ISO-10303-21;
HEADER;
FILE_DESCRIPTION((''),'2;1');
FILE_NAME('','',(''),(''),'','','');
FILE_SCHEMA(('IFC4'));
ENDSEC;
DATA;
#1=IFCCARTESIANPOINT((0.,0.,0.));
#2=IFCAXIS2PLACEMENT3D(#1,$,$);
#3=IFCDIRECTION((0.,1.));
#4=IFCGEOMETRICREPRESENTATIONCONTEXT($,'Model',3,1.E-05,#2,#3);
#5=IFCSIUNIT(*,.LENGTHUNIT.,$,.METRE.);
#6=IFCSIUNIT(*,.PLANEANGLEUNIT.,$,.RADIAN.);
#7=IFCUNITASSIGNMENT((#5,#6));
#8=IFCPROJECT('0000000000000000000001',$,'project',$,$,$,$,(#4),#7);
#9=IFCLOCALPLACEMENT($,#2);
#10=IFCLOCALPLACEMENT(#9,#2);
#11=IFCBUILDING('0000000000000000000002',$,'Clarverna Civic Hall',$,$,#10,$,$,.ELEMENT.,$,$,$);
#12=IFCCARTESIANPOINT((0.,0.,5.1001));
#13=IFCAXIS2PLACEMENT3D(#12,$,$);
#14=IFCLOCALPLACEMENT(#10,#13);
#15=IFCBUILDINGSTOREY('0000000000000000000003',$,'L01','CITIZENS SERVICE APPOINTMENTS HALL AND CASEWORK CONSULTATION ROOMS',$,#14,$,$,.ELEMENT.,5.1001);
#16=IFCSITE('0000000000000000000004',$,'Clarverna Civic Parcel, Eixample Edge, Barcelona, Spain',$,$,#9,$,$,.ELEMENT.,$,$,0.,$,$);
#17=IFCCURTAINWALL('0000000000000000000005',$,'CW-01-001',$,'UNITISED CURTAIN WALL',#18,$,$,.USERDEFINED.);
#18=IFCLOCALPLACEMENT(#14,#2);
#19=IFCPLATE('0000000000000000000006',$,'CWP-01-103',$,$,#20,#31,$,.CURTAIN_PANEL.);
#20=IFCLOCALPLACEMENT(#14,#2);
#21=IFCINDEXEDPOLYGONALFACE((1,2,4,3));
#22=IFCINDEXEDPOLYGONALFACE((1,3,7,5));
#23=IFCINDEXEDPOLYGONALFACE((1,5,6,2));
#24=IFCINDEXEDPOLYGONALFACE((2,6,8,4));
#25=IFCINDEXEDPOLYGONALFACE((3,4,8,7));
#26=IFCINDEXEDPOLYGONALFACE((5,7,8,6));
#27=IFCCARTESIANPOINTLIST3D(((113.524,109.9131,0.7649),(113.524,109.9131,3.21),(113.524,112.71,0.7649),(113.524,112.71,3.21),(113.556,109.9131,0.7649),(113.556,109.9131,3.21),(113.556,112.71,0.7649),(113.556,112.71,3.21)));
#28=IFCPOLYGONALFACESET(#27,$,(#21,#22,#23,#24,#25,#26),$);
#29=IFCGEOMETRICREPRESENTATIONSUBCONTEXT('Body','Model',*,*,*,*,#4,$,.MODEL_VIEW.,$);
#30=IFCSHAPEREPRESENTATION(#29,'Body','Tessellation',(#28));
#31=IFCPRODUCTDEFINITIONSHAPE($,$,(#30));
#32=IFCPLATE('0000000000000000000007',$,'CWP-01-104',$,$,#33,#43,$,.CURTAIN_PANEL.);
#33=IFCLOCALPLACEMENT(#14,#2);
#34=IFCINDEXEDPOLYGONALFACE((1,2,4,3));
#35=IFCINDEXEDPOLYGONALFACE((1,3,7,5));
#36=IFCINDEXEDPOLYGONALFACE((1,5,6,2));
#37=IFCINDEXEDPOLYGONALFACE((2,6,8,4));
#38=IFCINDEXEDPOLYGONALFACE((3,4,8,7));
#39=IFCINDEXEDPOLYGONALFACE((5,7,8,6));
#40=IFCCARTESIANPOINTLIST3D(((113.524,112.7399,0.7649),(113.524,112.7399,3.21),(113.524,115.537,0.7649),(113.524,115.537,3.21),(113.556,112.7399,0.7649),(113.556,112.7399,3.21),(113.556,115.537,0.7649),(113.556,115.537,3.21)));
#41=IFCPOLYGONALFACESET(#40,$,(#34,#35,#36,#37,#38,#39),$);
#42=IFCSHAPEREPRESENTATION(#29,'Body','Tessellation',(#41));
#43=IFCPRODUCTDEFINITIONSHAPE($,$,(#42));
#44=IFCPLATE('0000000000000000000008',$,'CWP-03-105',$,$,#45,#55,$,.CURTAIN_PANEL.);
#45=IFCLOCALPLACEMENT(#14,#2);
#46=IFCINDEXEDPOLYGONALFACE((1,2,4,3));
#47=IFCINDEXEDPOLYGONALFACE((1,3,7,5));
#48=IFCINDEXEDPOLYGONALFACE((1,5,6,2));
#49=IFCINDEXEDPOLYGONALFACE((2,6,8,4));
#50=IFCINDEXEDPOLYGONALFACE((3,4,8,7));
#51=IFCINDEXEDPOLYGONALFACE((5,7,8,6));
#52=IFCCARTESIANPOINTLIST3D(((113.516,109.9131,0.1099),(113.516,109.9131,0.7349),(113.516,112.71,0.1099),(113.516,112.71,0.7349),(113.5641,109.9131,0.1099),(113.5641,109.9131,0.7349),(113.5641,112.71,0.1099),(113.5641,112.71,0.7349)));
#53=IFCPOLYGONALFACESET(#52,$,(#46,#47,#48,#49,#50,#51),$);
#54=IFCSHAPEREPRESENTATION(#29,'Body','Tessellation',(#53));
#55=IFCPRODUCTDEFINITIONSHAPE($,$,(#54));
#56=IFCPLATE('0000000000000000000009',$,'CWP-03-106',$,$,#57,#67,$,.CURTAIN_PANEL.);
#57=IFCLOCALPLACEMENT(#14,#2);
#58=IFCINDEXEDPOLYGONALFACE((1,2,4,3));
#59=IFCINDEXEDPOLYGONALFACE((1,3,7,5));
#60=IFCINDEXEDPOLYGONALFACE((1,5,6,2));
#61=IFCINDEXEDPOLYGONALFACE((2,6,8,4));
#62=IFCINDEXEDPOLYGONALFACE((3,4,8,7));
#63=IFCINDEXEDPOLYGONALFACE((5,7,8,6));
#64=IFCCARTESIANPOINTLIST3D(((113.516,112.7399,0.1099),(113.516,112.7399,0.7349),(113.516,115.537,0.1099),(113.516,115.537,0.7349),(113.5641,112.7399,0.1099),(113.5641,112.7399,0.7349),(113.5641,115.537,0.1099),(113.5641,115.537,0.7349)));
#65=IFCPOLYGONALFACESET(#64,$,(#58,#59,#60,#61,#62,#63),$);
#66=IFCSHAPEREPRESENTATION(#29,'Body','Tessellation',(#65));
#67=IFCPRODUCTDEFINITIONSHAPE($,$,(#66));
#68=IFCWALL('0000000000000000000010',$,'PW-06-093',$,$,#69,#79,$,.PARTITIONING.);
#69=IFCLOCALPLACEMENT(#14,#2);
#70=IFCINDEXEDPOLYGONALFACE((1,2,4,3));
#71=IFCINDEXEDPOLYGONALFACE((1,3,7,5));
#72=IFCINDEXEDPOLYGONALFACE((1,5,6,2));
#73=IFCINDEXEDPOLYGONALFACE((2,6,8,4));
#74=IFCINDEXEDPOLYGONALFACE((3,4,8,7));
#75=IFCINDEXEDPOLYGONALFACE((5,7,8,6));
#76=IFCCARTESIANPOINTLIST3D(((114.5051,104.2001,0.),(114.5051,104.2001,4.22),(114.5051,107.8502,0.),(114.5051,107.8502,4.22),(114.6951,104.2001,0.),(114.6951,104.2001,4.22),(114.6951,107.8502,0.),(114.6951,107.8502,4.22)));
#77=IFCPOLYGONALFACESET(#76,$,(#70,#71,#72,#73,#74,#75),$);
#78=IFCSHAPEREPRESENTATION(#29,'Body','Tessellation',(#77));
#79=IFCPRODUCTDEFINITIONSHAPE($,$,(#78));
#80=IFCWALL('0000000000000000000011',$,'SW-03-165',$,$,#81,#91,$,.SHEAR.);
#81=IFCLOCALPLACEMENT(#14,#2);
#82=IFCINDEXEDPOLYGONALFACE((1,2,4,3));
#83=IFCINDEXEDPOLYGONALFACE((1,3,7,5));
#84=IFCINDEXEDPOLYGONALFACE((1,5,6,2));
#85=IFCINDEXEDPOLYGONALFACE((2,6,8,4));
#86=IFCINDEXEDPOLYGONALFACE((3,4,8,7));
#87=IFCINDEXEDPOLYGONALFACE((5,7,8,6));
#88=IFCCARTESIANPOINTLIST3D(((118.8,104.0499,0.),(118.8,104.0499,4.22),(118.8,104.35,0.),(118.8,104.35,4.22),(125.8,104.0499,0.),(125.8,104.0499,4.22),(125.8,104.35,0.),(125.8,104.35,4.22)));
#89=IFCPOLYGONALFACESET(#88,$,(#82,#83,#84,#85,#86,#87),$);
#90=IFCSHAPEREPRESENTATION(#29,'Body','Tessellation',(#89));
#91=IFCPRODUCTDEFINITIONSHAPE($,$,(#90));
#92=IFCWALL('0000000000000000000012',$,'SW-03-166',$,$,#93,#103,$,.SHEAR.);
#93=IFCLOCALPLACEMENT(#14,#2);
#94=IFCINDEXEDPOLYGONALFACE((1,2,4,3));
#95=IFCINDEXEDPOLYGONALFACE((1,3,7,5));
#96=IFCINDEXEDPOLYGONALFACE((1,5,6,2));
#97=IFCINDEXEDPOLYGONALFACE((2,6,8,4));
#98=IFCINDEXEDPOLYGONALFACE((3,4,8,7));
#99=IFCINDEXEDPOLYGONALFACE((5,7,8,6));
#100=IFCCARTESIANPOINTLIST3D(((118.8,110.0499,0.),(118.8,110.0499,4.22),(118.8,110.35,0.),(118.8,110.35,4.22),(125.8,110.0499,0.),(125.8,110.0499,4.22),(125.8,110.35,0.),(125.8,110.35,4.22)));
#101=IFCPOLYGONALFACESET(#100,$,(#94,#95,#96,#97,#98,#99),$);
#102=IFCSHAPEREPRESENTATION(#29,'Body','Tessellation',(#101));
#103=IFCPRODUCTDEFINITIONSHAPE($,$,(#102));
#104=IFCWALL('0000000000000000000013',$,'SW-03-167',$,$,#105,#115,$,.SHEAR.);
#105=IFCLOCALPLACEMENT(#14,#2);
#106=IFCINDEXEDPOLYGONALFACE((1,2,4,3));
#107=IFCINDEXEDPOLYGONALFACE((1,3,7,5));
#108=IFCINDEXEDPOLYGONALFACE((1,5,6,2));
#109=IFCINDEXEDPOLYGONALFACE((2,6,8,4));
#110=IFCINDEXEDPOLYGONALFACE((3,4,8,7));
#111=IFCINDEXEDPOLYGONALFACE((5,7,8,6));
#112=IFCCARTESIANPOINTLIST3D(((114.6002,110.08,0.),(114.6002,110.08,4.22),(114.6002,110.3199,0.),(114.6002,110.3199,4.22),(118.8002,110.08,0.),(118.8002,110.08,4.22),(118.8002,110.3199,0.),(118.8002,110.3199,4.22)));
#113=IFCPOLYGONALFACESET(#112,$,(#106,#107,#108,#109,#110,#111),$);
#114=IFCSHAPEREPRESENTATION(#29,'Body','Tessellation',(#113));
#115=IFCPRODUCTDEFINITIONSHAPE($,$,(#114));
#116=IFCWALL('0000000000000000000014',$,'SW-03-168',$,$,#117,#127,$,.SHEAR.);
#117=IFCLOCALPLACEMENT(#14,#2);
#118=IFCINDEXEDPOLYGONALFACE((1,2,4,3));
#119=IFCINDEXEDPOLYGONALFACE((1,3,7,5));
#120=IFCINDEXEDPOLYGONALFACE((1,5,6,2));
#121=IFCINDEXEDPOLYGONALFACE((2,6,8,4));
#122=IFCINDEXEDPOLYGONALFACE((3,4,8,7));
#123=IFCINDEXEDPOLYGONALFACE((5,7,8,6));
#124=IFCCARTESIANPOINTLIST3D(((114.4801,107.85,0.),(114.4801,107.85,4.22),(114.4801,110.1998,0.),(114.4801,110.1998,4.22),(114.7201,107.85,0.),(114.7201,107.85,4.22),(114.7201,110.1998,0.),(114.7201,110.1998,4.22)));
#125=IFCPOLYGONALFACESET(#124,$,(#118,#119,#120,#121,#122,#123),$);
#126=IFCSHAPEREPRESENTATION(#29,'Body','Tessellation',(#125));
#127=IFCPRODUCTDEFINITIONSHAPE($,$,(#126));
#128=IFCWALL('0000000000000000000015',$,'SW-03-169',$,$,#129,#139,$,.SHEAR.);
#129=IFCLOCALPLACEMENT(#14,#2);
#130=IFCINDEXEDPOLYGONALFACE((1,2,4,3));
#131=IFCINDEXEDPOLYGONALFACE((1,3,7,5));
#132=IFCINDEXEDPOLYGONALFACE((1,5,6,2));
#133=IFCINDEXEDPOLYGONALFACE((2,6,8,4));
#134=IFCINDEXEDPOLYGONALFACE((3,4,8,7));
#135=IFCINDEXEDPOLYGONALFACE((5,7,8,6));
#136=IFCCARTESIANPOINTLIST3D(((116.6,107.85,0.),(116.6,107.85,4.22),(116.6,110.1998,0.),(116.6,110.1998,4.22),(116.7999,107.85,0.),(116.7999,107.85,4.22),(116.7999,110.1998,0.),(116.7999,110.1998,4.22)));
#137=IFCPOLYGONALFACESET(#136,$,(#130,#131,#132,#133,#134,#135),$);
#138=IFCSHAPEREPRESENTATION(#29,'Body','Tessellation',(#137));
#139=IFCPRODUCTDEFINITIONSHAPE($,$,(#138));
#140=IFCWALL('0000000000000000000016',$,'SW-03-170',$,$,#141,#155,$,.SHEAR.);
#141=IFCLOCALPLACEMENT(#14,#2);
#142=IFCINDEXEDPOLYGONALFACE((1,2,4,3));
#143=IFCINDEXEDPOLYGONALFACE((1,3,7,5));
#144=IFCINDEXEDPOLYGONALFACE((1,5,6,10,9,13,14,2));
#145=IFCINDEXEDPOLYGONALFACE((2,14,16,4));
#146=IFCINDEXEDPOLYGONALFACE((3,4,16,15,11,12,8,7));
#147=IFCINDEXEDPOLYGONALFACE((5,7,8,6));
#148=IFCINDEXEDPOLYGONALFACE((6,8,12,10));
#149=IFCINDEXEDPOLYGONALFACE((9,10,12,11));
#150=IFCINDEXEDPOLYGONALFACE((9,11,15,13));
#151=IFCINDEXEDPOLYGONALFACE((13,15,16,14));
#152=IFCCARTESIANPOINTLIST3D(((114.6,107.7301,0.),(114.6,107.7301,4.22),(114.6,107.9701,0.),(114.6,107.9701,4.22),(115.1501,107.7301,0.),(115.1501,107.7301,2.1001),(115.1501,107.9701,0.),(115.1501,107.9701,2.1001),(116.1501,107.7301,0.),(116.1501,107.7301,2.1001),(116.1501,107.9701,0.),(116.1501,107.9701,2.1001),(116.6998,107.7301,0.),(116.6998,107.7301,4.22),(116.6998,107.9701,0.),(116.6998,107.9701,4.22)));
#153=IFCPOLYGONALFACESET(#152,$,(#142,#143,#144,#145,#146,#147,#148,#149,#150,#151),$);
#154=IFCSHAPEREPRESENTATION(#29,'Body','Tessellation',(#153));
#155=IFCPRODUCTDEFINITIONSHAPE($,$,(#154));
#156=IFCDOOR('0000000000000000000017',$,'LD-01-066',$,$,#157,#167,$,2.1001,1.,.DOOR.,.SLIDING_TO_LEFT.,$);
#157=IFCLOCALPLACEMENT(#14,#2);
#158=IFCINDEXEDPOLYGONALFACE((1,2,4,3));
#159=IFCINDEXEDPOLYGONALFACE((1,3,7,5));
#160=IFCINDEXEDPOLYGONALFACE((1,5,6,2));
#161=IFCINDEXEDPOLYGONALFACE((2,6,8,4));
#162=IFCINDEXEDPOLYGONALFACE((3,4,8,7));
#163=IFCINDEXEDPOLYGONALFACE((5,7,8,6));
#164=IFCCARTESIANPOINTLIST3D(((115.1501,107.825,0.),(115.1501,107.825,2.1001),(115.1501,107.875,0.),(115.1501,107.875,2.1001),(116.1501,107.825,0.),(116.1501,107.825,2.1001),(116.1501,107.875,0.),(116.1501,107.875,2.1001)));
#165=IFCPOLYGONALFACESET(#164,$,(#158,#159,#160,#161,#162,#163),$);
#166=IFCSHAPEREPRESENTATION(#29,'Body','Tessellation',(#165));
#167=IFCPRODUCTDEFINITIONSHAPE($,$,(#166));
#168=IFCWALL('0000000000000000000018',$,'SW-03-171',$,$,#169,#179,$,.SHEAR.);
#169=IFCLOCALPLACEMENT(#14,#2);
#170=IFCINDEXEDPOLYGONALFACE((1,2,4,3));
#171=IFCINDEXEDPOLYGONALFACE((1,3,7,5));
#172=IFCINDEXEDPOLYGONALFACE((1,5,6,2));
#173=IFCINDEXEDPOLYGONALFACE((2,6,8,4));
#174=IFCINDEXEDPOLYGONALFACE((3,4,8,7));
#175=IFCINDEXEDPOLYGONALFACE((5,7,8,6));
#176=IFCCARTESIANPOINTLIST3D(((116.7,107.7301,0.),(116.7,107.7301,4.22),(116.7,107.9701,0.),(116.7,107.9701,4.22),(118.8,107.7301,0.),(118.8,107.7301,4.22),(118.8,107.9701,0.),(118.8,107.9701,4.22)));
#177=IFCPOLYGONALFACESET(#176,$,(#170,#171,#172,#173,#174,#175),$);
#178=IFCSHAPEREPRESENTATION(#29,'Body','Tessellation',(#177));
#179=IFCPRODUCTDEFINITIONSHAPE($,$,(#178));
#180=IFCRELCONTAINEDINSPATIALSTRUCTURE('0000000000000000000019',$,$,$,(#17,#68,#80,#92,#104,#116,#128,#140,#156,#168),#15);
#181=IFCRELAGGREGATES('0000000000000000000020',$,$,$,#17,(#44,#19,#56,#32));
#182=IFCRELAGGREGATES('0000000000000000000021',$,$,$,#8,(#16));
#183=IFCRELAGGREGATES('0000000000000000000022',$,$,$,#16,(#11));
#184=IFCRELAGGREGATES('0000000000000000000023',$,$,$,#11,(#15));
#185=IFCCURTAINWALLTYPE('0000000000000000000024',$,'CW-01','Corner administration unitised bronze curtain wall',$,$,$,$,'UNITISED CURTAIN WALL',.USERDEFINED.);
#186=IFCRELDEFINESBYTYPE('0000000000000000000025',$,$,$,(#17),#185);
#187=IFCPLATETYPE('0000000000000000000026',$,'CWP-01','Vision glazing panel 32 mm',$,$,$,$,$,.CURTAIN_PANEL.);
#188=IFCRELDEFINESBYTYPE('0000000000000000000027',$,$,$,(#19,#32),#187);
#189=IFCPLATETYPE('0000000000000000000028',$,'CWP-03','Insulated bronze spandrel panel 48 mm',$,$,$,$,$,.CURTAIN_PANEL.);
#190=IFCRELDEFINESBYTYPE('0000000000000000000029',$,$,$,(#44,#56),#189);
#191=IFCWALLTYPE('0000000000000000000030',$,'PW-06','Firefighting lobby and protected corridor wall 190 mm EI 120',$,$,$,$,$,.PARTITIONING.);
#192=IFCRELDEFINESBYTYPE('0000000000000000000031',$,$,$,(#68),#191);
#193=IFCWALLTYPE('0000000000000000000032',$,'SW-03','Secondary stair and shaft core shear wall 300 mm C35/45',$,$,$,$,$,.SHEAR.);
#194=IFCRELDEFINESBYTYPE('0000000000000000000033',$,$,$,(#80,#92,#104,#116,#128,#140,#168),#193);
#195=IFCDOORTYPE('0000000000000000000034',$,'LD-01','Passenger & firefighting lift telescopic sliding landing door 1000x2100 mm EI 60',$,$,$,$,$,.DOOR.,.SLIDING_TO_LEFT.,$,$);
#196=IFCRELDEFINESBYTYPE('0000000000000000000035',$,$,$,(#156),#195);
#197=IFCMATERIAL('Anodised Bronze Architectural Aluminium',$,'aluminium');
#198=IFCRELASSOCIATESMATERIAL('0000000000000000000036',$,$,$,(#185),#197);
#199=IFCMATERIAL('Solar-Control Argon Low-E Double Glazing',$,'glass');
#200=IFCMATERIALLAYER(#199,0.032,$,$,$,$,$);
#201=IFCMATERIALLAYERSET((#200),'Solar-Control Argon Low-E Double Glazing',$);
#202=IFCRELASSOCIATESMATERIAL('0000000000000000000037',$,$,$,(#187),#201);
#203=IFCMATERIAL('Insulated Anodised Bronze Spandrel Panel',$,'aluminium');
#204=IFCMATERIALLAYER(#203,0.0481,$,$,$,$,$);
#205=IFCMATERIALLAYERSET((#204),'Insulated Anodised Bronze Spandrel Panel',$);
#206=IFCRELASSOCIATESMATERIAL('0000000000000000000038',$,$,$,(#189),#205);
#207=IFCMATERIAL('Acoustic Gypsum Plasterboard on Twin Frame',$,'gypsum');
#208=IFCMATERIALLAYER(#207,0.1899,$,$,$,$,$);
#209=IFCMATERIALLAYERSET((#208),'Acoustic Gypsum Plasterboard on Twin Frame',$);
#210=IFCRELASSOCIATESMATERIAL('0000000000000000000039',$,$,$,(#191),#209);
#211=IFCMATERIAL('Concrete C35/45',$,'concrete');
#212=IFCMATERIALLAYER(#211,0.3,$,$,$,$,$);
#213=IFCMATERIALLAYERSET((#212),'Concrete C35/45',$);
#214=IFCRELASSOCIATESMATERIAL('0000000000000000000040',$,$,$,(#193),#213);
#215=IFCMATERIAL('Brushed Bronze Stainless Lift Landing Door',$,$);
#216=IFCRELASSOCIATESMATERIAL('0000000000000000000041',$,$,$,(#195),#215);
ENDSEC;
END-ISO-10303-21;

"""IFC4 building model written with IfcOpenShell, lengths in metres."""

from ifc_helpers import new_model, si_unit, direction, frame, frame_2d, origin, place, context, subcontext, project, spatial, rectangle, extrude, material, layer, layer_set, type_object, element, fill, aggregate, save


model = new_model("IFC4")

# Units and contexts
model_context = context("Model", 3, precision=1e-05, world=origin(), true_north=direction((0.0, 1.0)))
body_context = subcontext(model_context, "Body", "Model", "MODEL_VIEW")
ifc_project = project(units=[si_unit("LENGTHUNIT", "METRE"), si_unit("PLANEANGLEUNIT", "RADIAN")], contexts=[model_context])

# Site, building, storey
site_placement = place(None, origin())
site = spatial("IfcSite", under=ifc_project, at=site_placement, Name="Clarverna Civic Parcel, Eixample Edge, Barcelona, Spain", CompositionType="ELEMENT", RefElevation=0.0)
building_placement = place(site_placement, origin())
building = spatial("IfcBuilding", under=site, at=building_placement, Name="Clarverna Civic Hall", CompositionType="ELEMENT")
storey_placement = place(building_placement, frame((0.0, 0.0, 5.1001)))
storey = spatial("IfcBuildingStorey", under=building, at=storey_placement, Name="L01", Description="CITIZENS SERVICE APPOINTMENTS HALL AND CASEWORK CONSULTATION ROOMS", CompositionType="ELEMENT", Elevation=5.1001)

# Shared definitions
ifc_material_1 = material(Name="Concrete C35/45", Category="concrete")

# Curtain wall, plates
ifc_material_2 = material(Name="Anodised Bronze Architectural Aluminium", Category="aluminium")
curtain_wall_type = type_object("IfcCurtainWallType", Name="CW-01", Description="Corner administration unitised bronze curtain wall", ElementType="UNITISED CURTAIN WALL", PredefinedType="USERDEFINED", material=ifc_material_2)
curtain_wall_placement = place(storey_placement, origin())
curtain_wall = element("IfcCurtainWall", 1, at=curtain_wall_placement, inside=storey, type_object=curtain_wall_type, Name="CW-01-001", ObjectType="UNITISED CURTAIN WALL", PredefinedType="USERDEFINED")
ifc_material_3 = material(Name="Solar-Control Argon Low-E Double Glazing", Category="glass")
ifc_layer_1 = layer(ifc_material_3, 0.032)
ifc_layer_set_1 = layer_set([ifc_layer_1], Name="Solar-Control Argon Low-E Double Glazing")
plate_type_1 = type_object("IfcPlateType", Name="CWP-01", Description="Vision glazing panel 32 mm", PredefinedType="CURTAIN_PANEL", material=ifc_layer_set_1)
plate_1_placement = place(storey_placement, frame((113.54, 109.9131, 0.7649), z_axis=(0.0, 0.0, 1.0), x_axis=(0.0, 1.0, 0.0)))
plate_1 = element("IfcPlate", 2, at=plate_1_placement, type_object=plate_type_1, Name="CWP-01-103", PredefinedType="CURTAIN_PANEL", context=body_context, shape_type="SweptSolid", body=[
    extrude(rectangle(XDim=2.7969, YDim=0.032, at=frame_2d((1.3984, 0.0))), origin(), (0.0, 0.0, 1.0), 2.4451),
])
plate_2_placement = place(storey_placement, frame((113.54, 112.74, 0.7649), z_axis=(0.0, 0.0, 1.0), x_axis=(0.0, 1.0, 0.0)))
plate_2 = element("IfcPlate", 3, at=plate_2_placement, type_object=plate_type_1, Name="CWP-01-104", PredefinedType="CURTAIN_PANEL", context=body_context, shape_type="SweptSolid", body=[
    extrude(rectangle(XDim=2.7971, YDim=0.032, at=frame_2d((1.3984, 0.0))), origin(), (0.0, 0.0, 1.0), 2.4451),
])
ifc_material_4 = material(Name="Insulated Anodised Bronze Spandrel Panel", Category="aluminium")
ifc_layer_2 = layer(ifc_material_4, 0.0481)
ifc_layer_set_2 = layer_set([ifc_layer_2], Name="Insulated Anodised Bronze Spandrel Panel")
plate_type_2 = type_object("IfcPlateType", Name="CWP-03", Description="Insulated bronze spandrel panel 48 mm", PredefinedType="CURTAIN_PANEL", material=ifc_layer_set_2)
plate_3_placement = place(storey_placement, frame((113.54, 109.9131, 0.1099), z_axis=(0.0, 0.0, 1.0), x_axis=(0.0, 1.0, 0.0)))
plate_3 = element("IfcPlate", 4, at=plate_3_placement, type_object=plate_type_2, Name="CWP-03-105", PredefinedType="CURTAIN_PANEL", context=body_context, shape_type="SweptSolid", body=[
    extrude(rectangle(XDim=2.7969, YDim=0.0481, at=frame_2d((1.3984, 0.0))), origin(), (0.0, 0.0, 1.0), 0.625),
])
plate_4_placement = place(storey_placement, frame((113.54, 112.74, 0.1099), z_axis=(0.0, 0.0, 1.0), x_axis=(0.0, 1.0, 0.0)))
plate_4 = element("IfcPlate", 5, at=plate_4_placement, type_object=plate_type_2, Name="CWP-03-106", PredefinedType="CURTAIN_PANEL", context=body_context, shape_type="SweptSolid", body=[
    extrude(rectangle(XDim=2.7971, YDim=0.0481, at=frame_2d((1.3984, 0.0))), origin(), (0.0, 0.0, 1.0), 0.625),
])
aggregate(curtain_wall, [plate_3, plate_1, plate_4, plate_2])

# Wall
ifc_material_5 = material(Name="Acoustic Gypsum Plasterboard on Twin Frame", Category="gypsum")
ifc_layer_3 = layer(ifc_material_5, 0.1899)
ifc_layer_set_3 = layer_set([ifc_layer_3], Name="Acoustic Gypsum Plasterboard on Twin Frame")
wall_type_1 = type_object("IfcWallType", Name="PW-06", Description="Firefighting lobby and protected corridor wall 190 mm EI 120", PredefinedType="PARTITIONING", material=ifc_layer_set_3)
wall_1_placement = place(storey_placement, frame((114.6001, 104.2, 0.0), z_axis=(0.0, 0.0, 1.0), x_axis=(0.0, 1.0, 0.0)))
element("IfcWall", 6, at=wall_1_placement, inside=storey, type_object=wall_type_1, Name="PW-06-093", PredefinedType="PARTITIONING", context=body_context, shape_type="SweptSolid", body=[
    extrude(rectangle(XDim=3.6501, YDim=0.1899, at=frame_2d((1.8252, 0.0))), origin(), (0.0, 0.0, 1.0), 4.22),
])

# Shared definitions
ifc_layer_4 = layer(ifc_material_1, 0.3)
ifc_layer_set_4 = layer_set([ifc_layer_4], Name="Concrete C35/45")
wall_type_2 = type_object("IfcWallType", Name="SW-03", Description="Secondary stair and shaft core shear wall 300 mm C35/45", PredefinedType="SHEAR", material=ifc_layer_set_4)

# Walls
for number, where, z_axis, x_axis, name in (
    (7, (118.8, 104.2, 0.0), (0.0, 0.0, 1.0), (1.0, 0.0, 0.0), "SW-03-165"),
    (8, (118.8, 110.2, 0.0), (0.0, 0.0, 1.0), (1.0, 0.0, 0.0), "SW-03-166"),
):
    element("IfcWall", number, at=place(storey_placement, frame(where, z_axis=z_axis, x_axis=x_axis)), inside=storey, type_object=wall_type_2, Name=name, PredefinedType="SHEAR", context=body_context, shape_type="SweptSolid", body=[
        extrude(rectangle(XDim=7.0, YDim=0.3, at=frame_2d((3.5, 0.0))), origin(), (0.0, 0.0, 1.0), 4.22),
    ])
wall_2_placement = place(storey_placement, frame((114.6001, 110.2, 0.0), z_axis=(0.0, 0.0, 1.0), x_axis=(1.0, 0.0, 0.0)))
element("IfcWall", 9, at=wall_2_placement, inside=storey, type_object=wall_type_2, Name="SW-03-167", PredefinedType="SHEAR", context=body_context, shape_type="SweptSolid", body=[
    extrude(rectangle(XDim=4.2, YDim=0.24, at=frame_2d((2.1001, 0.0))), origin(), (0.0, 0.0, 1.0), 4.22),
])
wall_3_placement = place(storey_placement, frame((114.6001, 107.8501, 0.0), z_axis=(0.0, 0.0, 1.0), x_axis=(0.0, 1.0, 0.0)))
element("IfcWall", 10, at=wall_3_placement, inside=storey, type_object=wall_type_2, Name="SW-03-168", PredefinedType="SHEAR", context=body_context, shape_type="SweptSolid", body=[
    extrude(rectangle(XDim=2.3499, YDim=0.24, at=frame_2d((1.1748, 0.0))), origin(), (0.0, 0.0, 1.0), 4.22),
])
wall_4_placement = place(storey_placement, frame((116.7, 107.8501, 0.0), z_axis=(0.0, 0.0, 1.0), x_axis=(0.0, 1.0, 0.0)))
element("IfcWall", 11, at=wall_4_placement, inside=storey, type_object=wall_type_2, Name="SW-03-169", PredefinedType="SHEAR", context=body_context, shape_type="SweptSolid", body=[
    extrude(rectangle(XDim=2.3499, YDim=0.2, at=frame_2d((1.1748, 0.0))), origin(), (0.0, 0.0, 1.0), 4.22),
])

# Wall, opening, door
wall_5_placement = place(storey_placement, frame((114.6001, 107.8501, 0.0), z_axis=(0.0, 0.0, 1.0), x_axis=(1.0, 0.0, 0.0)))
wall_5 = element("IfcWall", 12, at=wall_5_placement, inside=storey, type_object=wall_type_2, Name="SW-03-170", PredefinedType="SHEAR", context=body_context, shape_type="SweptSolid", body=[
    extrude(rectangle(XDim=2.0999, YDim=0.24, at=frame_2d((1.0498, 0.0))), origin(), (0.0, 0.0, 1.0), 4.22),
])
opening_1_placement = place(wall_5_placement, frame((0.55, 0.0, 0.0)))
opening_1 = element("IfcOpeningElement", 13, at=opening_1_placement, cuts=wall_5, PredefinedType="OPENING", context=body_context, shape_type="SweptSolid", body=[
    extrude(rectangle(XDim=1.0, YDim=2.1001, at=frame_2d((0.5, 1.05))), frame((0.0, 0.1299, 0.0), z_axis=(0.0, -1.0, 0.0), x_axis=(1.0, 0.0, 0.0)), (0.0, 0.0, 1.0), 0.26),
])
ifc_material_6 = material(Name="Brushed Bronze Stainless Lift Landing Door")
door_type_1 = type_object("IfcDoorType", Name="LD-01", Description="Passenger & firefighting lift telescopic sliding landing door 1000x2100 mm EI 60", OperationType="SLIDING_TO_LEFT", PredefinedType="DOOR", material=ifc_material_6)
door_1_placement = place(opening_1_placement, origin())
door_1 = element("IfcDoor", 14, at=door_1_placement, inside=storey, type_object=door_type_1, Name="LD-01-066", OperationType="SLIDING_TO_LEFT", OverallHeight=2.1001, OverallWidth=1.0, PredefinedType="DOOR", context=body_context, shape_type="SweptSolid", body=[
    extrude(rectangle(XDim=1.0, YDim=2.1001, at=frame_2d((0.5, 1.05))), frame((0.0, 0.0249, 0.0), z_axis=(0.0, -1.0, 0.0), x_axis=(1.0, 0.0, 0.0)), (0.0, 0.0, 1.0), 0.05),
])
fill(opening_1, door_1)

# Wall
wall_6_placement = place(storey_placement, frame((116.7, 107.8501, 0.0), z_axis=(0.0, 0.0, 1.0), x_axis=(1.0, 0.0, 0.0)))
element("IfcWall", 15, at=wall_6_placement, inside=storey, type_object=wall_type_2, Name="SW-03-171", PredefinedType="SHEAR", context=body_context, shape_type="SweptSolid", body=[
    extrude(rectangle(XDim=2.1001, YDim=0.24, at=frame_2d((1.05, 0.0))), origin(), (0.0, 0.0, 1.0), 4.22),
])

save(model, "model.ifc")
